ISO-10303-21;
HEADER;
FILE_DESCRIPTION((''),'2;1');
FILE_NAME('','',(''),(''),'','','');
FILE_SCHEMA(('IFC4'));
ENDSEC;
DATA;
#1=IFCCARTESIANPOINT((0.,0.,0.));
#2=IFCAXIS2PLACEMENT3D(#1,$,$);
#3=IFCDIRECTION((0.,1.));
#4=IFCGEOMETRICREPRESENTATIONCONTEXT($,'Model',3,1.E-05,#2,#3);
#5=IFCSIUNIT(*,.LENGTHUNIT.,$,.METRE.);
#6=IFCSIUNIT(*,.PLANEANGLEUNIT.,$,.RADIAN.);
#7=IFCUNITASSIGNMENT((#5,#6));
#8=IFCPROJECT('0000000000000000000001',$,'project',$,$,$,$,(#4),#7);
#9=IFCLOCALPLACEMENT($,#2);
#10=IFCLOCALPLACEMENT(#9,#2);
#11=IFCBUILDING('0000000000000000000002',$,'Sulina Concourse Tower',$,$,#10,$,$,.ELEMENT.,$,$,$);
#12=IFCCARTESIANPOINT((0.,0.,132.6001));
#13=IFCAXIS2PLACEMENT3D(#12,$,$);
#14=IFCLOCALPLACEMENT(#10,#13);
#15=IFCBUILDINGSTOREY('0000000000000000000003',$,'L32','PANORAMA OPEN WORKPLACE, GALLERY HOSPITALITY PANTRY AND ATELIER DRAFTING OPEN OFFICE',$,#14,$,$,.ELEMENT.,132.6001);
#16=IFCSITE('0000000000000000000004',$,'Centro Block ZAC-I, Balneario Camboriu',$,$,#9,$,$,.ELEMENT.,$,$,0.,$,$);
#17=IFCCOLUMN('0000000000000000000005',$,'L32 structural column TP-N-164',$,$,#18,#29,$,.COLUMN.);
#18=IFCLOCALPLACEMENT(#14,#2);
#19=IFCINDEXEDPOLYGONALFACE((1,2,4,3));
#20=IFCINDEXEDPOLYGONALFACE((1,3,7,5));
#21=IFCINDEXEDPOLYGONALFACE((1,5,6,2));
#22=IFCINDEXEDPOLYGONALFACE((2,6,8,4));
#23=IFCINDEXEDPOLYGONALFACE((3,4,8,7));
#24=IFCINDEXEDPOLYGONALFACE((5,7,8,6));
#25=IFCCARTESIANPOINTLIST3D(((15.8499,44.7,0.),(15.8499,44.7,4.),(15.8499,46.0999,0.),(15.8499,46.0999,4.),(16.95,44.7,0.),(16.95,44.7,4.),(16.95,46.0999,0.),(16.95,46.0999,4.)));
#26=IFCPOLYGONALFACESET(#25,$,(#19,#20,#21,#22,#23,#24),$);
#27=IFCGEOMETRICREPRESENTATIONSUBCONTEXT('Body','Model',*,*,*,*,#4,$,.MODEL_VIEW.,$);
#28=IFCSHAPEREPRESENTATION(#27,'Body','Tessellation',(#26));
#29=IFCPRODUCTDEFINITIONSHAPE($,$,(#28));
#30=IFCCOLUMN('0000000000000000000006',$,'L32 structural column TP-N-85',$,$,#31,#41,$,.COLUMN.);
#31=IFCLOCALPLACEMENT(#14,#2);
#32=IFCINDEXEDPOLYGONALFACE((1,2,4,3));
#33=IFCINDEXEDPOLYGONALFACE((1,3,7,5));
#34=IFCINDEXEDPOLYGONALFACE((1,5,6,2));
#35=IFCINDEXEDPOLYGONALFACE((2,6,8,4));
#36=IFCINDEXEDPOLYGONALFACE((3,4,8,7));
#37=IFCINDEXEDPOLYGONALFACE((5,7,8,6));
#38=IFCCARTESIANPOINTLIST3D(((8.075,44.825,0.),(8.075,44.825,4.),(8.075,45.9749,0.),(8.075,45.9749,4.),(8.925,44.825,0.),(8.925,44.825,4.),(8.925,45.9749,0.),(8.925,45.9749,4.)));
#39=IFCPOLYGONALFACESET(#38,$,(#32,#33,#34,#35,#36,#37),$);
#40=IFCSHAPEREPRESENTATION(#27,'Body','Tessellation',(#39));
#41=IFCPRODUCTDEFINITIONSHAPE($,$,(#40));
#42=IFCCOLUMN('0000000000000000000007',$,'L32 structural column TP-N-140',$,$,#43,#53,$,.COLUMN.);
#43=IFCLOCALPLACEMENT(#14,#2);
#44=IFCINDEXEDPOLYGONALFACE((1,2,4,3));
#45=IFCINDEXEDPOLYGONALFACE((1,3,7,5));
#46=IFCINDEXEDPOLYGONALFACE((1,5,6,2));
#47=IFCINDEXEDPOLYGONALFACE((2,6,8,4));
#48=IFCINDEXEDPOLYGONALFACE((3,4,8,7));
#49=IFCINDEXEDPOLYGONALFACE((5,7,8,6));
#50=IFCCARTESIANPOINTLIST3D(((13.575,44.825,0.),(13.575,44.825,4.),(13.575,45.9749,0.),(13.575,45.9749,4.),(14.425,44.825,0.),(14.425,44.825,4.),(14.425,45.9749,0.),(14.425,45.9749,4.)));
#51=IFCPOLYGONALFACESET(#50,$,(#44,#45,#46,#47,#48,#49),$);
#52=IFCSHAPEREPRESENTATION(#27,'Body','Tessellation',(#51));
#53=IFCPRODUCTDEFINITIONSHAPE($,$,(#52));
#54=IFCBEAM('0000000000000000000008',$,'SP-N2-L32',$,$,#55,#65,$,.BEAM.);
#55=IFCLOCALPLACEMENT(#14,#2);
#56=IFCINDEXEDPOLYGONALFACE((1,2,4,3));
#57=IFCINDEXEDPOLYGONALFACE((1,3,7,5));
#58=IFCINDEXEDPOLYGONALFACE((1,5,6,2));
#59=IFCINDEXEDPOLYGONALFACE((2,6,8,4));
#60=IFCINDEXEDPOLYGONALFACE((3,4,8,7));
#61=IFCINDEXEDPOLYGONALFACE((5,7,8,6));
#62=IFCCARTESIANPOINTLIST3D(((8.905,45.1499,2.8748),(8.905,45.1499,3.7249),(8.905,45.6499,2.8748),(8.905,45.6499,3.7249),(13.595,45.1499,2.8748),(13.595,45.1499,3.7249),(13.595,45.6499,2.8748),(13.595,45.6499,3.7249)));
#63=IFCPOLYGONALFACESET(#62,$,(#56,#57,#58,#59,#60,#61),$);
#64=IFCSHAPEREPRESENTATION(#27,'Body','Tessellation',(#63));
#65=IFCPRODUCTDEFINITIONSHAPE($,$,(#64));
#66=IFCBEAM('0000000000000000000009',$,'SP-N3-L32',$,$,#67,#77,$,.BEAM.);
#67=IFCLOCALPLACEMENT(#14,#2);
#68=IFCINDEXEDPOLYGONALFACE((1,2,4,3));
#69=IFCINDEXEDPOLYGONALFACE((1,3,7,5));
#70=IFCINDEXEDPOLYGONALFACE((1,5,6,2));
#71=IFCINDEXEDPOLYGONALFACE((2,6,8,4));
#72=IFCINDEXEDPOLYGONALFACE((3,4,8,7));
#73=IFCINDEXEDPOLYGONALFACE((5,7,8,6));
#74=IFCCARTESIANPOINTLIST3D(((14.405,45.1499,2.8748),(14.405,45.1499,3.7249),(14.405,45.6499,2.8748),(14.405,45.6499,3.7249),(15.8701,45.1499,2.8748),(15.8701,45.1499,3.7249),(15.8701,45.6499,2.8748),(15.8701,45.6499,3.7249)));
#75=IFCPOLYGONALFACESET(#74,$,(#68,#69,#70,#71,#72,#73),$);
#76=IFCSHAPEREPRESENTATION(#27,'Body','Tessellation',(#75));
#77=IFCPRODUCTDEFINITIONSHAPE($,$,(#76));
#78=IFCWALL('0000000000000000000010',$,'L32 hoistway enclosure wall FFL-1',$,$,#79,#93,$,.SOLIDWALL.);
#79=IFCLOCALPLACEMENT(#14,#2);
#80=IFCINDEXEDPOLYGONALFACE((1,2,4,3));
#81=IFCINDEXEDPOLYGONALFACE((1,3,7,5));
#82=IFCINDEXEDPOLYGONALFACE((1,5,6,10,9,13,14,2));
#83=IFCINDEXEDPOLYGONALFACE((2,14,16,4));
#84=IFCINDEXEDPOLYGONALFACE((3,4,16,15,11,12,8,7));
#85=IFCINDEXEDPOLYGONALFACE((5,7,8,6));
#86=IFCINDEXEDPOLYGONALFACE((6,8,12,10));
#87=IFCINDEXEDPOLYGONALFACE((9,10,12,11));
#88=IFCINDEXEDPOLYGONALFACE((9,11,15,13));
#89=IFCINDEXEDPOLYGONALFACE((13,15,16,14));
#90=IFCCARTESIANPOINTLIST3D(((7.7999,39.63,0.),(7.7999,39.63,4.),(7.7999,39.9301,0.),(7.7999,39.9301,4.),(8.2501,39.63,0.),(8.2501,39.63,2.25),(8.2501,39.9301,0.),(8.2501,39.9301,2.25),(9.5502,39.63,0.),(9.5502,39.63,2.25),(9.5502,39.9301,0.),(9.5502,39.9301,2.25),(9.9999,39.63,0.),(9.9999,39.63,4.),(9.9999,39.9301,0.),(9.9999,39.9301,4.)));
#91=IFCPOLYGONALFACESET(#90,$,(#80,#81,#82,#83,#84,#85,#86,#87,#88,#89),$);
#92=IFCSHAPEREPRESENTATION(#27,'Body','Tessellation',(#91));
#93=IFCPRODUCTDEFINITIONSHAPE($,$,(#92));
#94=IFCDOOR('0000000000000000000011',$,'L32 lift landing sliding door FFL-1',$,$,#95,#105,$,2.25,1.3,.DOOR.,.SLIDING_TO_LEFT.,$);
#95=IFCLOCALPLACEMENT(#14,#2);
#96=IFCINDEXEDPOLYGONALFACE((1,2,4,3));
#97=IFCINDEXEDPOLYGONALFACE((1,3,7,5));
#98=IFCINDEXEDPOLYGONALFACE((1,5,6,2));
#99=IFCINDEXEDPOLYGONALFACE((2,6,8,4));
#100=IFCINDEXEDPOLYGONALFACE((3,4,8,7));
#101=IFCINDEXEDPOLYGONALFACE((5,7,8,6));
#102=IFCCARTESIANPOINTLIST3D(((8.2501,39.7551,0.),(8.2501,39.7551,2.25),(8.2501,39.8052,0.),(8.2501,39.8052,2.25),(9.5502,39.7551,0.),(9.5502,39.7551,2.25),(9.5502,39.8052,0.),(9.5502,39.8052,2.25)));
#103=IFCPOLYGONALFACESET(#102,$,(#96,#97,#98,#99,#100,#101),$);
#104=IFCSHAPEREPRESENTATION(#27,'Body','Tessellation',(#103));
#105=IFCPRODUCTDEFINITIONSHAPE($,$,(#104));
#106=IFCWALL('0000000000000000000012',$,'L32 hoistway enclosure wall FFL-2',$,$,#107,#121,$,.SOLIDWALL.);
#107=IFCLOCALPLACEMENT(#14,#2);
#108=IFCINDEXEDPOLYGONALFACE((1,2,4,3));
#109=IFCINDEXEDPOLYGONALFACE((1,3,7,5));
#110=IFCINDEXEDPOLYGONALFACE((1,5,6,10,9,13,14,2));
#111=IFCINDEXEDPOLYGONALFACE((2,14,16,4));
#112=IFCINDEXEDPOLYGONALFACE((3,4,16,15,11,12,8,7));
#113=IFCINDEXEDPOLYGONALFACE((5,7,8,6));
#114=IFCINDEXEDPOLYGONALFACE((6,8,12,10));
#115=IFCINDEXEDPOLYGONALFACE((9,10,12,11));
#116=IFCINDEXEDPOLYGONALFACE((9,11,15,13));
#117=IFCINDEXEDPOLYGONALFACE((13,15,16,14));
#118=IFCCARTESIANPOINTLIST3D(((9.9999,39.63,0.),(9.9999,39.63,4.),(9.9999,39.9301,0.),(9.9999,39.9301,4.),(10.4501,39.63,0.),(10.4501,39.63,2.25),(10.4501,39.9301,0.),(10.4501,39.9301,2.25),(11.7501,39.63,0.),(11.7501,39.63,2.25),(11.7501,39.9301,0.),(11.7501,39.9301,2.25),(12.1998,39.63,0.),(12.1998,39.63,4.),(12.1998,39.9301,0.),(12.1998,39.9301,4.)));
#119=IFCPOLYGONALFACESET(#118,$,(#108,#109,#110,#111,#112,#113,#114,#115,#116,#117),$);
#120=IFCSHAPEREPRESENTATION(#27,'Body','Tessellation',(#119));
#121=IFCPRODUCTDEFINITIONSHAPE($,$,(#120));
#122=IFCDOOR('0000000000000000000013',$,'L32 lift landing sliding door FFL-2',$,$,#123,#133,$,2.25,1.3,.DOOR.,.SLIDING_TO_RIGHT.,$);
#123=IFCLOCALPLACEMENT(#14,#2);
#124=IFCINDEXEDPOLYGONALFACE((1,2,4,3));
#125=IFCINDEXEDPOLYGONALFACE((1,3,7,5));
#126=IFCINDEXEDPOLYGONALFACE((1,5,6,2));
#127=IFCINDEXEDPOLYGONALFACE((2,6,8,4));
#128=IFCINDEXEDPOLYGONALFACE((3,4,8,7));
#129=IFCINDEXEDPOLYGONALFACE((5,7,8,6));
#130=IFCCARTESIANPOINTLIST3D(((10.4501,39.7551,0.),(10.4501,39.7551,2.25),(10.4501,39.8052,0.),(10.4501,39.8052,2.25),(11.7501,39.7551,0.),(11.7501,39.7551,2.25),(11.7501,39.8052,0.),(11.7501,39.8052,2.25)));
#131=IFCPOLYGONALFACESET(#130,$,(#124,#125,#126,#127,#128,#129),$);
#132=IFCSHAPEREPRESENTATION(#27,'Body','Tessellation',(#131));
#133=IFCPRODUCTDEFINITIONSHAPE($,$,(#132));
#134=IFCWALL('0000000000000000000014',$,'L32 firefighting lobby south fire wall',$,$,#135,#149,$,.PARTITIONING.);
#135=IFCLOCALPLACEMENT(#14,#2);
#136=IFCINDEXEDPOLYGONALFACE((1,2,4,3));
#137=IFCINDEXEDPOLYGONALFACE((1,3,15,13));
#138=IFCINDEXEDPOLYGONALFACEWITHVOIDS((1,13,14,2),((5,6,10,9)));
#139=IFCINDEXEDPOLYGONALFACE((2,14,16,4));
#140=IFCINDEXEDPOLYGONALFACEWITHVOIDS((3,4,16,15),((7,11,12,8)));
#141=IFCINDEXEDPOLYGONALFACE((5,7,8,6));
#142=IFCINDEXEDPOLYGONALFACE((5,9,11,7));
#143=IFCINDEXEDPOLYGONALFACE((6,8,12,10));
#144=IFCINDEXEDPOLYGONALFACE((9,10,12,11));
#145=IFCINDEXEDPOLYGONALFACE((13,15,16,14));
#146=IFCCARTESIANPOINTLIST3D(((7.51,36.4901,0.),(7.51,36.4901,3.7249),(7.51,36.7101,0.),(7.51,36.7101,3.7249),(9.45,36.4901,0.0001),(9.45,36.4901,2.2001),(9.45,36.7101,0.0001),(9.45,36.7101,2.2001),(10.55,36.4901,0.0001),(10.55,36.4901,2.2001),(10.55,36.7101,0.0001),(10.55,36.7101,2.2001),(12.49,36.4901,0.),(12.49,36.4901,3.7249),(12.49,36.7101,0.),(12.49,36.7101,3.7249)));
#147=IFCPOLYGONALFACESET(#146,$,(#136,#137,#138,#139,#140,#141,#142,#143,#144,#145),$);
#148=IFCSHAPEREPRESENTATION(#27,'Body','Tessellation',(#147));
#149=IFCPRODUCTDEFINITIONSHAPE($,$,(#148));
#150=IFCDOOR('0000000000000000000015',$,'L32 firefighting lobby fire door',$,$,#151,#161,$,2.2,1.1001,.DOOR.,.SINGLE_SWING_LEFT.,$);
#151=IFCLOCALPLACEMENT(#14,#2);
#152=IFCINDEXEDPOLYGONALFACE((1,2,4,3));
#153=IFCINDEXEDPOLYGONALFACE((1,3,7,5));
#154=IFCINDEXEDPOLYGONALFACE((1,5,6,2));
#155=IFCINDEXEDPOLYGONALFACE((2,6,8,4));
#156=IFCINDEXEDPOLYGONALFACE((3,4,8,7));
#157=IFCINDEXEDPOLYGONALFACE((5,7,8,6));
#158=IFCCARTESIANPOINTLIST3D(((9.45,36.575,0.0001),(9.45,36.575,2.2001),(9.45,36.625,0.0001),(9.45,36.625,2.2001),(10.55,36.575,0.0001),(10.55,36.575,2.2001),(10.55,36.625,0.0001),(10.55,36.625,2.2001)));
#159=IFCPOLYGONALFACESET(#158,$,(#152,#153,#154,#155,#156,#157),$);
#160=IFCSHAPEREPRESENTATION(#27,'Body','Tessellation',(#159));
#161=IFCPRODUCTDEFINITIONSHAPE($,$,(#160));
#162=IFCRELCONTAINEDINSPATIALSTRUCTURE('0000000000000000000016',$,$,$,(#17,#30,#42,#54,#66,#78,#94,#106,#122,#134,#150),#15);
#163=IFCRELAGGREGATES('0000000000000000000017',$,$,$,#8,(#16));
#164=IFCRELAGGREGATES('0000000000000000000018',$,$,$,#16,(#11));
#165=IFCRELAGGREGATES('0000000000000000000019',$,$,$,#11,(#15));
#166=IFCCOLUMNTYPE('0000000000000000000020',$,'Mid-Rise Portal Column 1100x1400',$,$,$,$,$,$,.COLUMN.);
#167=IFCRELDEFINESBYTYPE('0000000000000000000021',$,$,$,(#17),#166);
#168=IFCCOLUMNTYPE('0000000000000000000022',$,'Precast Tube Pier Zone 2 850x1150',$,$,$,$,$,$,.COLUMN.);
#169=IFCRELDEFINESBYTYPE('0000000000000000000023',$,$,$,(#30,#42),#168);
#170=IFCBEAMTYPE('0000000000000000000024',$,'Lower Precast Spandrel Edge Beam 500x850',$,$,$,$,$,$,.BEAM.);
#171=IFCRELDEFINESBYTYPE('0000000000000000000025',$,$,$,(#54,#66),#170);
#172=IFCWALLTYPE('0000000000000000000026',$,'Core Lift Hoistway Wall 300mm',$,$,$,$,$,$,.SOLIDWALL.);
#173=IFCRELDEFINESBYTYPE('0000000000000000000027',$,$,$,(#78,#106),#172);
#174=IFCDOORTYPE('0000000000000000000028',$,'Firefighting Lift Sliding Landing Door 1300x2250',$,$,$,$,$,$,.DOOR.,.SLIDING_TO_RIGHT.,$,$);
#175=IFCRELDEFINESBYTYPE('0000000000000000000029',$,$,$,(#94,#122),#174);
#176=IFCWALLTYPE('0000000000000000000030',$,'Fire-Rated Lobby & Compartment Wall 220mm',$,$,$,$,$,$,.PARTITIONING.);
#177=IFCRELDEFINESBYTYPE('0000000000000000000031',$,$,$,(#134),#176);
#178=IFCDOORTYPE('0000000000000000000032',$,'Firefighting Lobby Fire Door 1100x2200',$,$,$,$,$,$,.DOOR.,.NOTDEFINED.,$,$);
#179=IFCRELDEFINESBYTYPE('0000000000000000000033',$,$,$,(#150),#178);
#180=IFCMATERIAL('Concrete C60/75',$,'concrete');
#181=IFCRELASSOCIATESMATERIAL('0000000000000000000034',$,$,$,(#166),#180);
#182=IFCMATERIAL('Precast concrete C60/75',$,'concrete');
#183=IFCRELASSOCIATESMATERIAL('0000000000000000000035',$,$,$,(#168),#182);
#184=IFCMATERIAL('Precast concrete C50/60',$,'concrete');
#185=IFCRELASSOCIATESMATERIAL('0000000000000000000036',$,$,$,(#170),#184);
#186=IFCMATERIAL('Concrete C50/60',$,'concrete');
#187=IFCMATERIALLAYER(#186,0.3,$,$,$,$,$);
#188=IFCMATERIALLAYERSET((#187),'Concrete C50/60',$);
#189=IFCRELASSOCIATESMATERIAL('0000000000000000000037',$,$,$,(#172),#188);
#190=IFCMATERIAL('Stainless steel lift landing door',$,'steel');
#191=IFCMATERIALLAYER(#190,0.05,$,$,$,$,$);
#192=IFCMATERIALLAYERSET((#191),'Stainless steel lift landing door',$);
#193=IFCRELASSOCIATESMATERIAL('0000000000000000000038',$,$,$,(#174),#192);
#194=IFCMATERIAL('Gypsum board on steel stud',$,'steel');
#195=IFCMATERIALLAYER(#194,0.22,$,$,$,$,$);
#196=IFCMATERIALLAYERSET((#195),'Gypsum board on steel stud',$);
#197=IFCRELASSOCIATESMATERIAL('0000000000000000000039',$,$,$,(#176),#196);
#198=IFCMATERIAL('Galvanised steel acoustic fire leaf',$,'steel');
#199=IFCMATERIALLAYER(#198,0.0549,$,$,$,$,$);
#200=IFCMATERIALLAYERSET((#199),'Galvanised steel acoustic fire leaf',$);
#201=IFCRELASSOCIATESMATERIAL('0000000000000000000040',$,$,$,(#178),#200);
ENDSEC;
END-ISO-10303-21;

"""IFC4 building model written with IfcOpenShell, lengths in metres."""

from ifc_helpers import new_model, si_unit, direction, frame, frame_2d, origin, origin_2d, place, context, subcontext, project, spatial, rectangle, extrude, material, layer, layer_set, material_profile, profile_set, type_object, element, fill, save


model = new_model("IFC4")

# Units and contexts
model_context = context("Model", 3, precision=1e-05, world=origin(), true_north=direction((0.0, 1.0)))
body_context = subcontext(model_context, "Body", "Model", "MODEL_VIEW")
ifc_project = project(units=[si_unit("LENGTHUNIT", "METRE"), si_unit("PLANEANGLEUNIT", "RADIAN")], contexts=[model_context])

# Site, building, storey
site_placement = place(None, origin())
site = spatial("IfcSite", under=ifc_project, at=site_placement, Name="Centro Block ZAC-I, Balneario Camboriu", CompositionType="ELEMENT", RefElevation=0.0)
building_placement = place(site_placement, origin())
building = spatial("IfcBuilding", under=site, at=building_placement, Name="Sulina Concourse Tower", CompositionType="ELEMENT")
storey_placement = place(building_placement, frame((0.0, 0.0, 132.6001)))
storey = spatial("IfcBuildingStorey", under=building, at=storey_placement, Name="L32", Description="PANORAMA OPEN WORKPLACE, GALLERY HOSPITALITY PANTRY AND ATELIER DRAFTING OPEN OFFICE", CompositionType="ELEMENT", Elevation=132.6001)

# Columns
ifc_material_1 = material(Name="Concrete C60/75", Category="concrete")
ifc_material_profile_1 = material_profile(ifc_material_1, rectangle(XDim=1.1001, YDim=1.3999, at=origin_2d()), Name="RC 1100x1400")
ifc_profile_set_1 = profile_set([ifc_material_profile_1], Name="Concrete C60/75")
column_type_1 = type_object("IfcColumnType", Name="Mid-Rise Portal Column 1100x1400", PredefinedType="COLUMN", material=ifc_profile_set_1)
column_placement = place(storey_placement, frame((16.3999, 45.3999, 0.0), z_axis=(0.0, 0.0, 1.0), x_axis=(1.0, 0.0, 0.0)))
element("IfcColumn", 1, at=column_placement, inside=storey, type_object=column_type_1, Name="L32 structural column TP-N-164", PredefinedType="COLUMN", context=body_context, shape_type="SweptSolid", body=[
    extrude(rectangle(XDim=1.1001, YDim=1.3999, at=origin_2d()), origin(), (0.0, 0.0, 1.0), 4.0),
])
ifc_material_2 = material(Name="Precast concrete C60/75", Category="concrete")
ifc_material_profile_2 = material_profile(ifc_material_2, rectangle(XDim=0.8501, YDim=1.1499, at=origin_2d()), Name="PC 850x1150")
ifc_profile_set_2 = profile_set([ifc_material_profile_2], Name="Precast concrete C60/75")
column_type_2 = type_object("IfcColumnType", Name="Precast Tube Pier Zone 2 850x1150", PredefinedType="COLUMN", material=ifc_profile_set_2)
for number, where, z_axis, x_axis, name in (
    (2, (8.5, 45.3999, 0.0), (0.0, 0.0, 1.0), (1.0, 0.0, 0.0), "L32 structural column TP-N-85"),
    (3, (14.0, 45.3999, 0.0), (0.0, 0.0, 1.0), (1.0, 0.0, 0.0), "L32 structural column TP-N-140"),
):
    element("IfcColumn", number, at=place(storey_placement, frame(where, z_axis=z_axis, x_axis=x_axis)), inside=storey, type_object=column_type_2, Name=name, PredefinedType="COLUMN", context=body_context, shape_type="SweptSolid", body=[
        extrude(rectangle(XDim=0.8501, YDim=1.1499, at=origin_2d()), origin(), (0.0, 0.0, 1.0), 4.0),
    ])

# Beams
ifc_material_3 = material(Name="Precast concrete C50/60", Category="concrete")
ifc_material_profile_3 = material_profile(ifc_material_3, rectangle(XDim=0.5, YDim=0.8501, at=origin_2d()), Name="RC 500x850")
ifc_profile_set_3 = profile_set([ifc_material_profile_3], Name="Precast concrete C50/60")
beam_type = type_object("IfcBeamType", Name="Lower Precast Spandrel Edge Beam 500x850", PredefinedType="BEAM", material=ifc_profile_set_3)
beam_1_placement = place(storey_placement, frame((8.905, 45.3999, 3.2998), z_axis=(1.0, 0.0, 0.0), x_axis=(0.0, 1.0, 0.0)))
element("IfcBeam", 4, at=beam_1_placement, inside=storey, type_object=beam_type, Name="SP-N2-L32", PredefinedType="BEAM", context=body_context, shape_type="SweptSolid", body=[
    extrude(rectangle(XDim=0.5, YDim=0.8501, at=origin_2d()), origin(), (0.0, 0.0, 1.0), 4.6899),
])
beam_2_placement = place(storey_placement, frame((14.405, 45.3999, 3.2998), z_axis=(1.0, 0.0, 0.0), x_axis=(0.0, 1.0, 0.0)))
element("IfcBeam", 5, at=beam_2_placement, inside=storey, type_object=beam_type, Name="SP-N3-L32", PredefinedType="BEAM", context=body_context, shape_type="SweptSolid", body=[
    extrude(rectangle(XDim=0.5, YDim=0.8501, at=origin_2d()), origin(), (0.0, 0.0, 1.0), 1.4651),
])

# Walls, openings, doors
ifc_material_4 = material(Name="Concrete C50/60", Category="concrete")
ifc_layer_1 = layer(ifc_material_4, 0.3)
ifc_layer_set_1 = layer_set([ifc_layer_1], Name="Concrete C50/60")
wall_type_1 = type_object("IfcWallType", Name="Core Lift Hoistway Wall 300mm", PredefinedType="SOLIDWALL", material=ifc_layer_set_1)
wall_1_placement = place(storey_placement, frame((10.0, 39.78, 0.0), z_axis=(0.0, 0.0, 1.0), x_axis=(-1.0, 0.0, 0.0)))
wall_1 = element("IfcWall", 6, at=wall_1_placement, inside=storey, type_object=wall_type_1, Name="L32 hoistway enclosure wall FFL-1", PredefinedType="SOLIDWALL", context=body_context, shape_type="SweptSolid", body=[
    extrude(rectangle(XDim=2.2, YDim=0.3, at=frame_2d((1.1001, 0.0))), origin(), (0.0, 0.0, 1.0), 4.0),
])
opening_1_placement = place(wall_1_placement, frame((0.45, 0.0, 0.0)))
opening_1 = element("IfcOpeningElement", 7, at=opening_1_placement, cuts=wall_1, PredefinedType="OPENING", context=body_context, shape_type="SweptSolid", body=[
    extrude(rectangle(XDim=1.3, YDim=2.25, at=frame_2d((0.6499, 1.125))), frame((0.0, 0.1599, 0.0), z_axis=(0.0, -1.0, 0.0), x_axis=(1.0, 0.0, 0.0)), (0.0, 0.0, 1.0), 0.3201),
])
ifc_material_5 = material(Name="Stainless steel lift landing door", Category="steel")
ifc_layer_2 = layer(ifc_material_5, 0.05)
ifc_layer_set_2 = layer_set([ifc_layer_2], Name="Stainless steel lift landing door")
door_type_1 = type_object("IfcDoorType", Name="Firefighting Lift Sliding Landing Door 1300x2250", OperationType="SLIDING_TO_RIGHT", PredefinedType="DOOR", material=ifc_layer_set_2)
door_1_placement = place(opening_1_placement, origin())
door_1 = element("IfcDoor", 8, at=door_1_placement, inside=storey, type_object=door_type_1, Name="L32 lift landing sliding door FFL-1", OperationType="SLIDING_TO_LEFT", OverallHeight=2.25, OverallWidth=1.3, PredefinedType="DOOR", context=body_context, shape_type="SweptSolid", body=[
    extrude(rectangle(XDim=1.3, YDim=2.25, at=frame_2d((0.6499, 1.125))), frame((0.0, 0.0249, 0.0), z_axis=(0.0, -1.0, 0.0), x_axis=(1.0, 0.0, 0.0)), (0.0, 0.0, 1.0), 0.05),
])
fill(opening_1, door_1)
wall_2_placement = place(storey_placement, frame((12.2, 39.78, 0.0), z_axis=(0.0, 0.0, 1.0), x_axis=(-1.0, 0.0, 0.0)))
wall_2 = element("IfcWall", 9, at=wall_2_placement, inside=storey, type_object=wall_type_1, Name="L32 hoistway enclosure wall FFL-2", PredefinedType="SOLIDWALL", context=body_context, shape_type="SweptSolid", body=[
    extrude(rectangle(XDim=2.2, YDim=0.3, at=frame_2d((1.1001, 0.0))), origin(), (0.0, 0.0, 1.0), 4.0),
])
opening_2_placement = place(wall_2_placement, frame((0.45, 0.0, 0.0)))
opening_2 = element("IfcOpeningElement", 10, at=opening_2_placement, cuts=wall_2, PredefinedType="OPENING", context=body_context, shape_type="SweptSolid", body=[
    extrude(rectangle(XDim=1.3, YDim=2.25, at=frame_2d((0.6499, 1.125))), frame((0.0, 0.1599, 0.0), z_axis=(0.0, -1.0, 0.0), x_axis=(1.0, 0.0, 0.0)), (0.0, 0.0, 1.0), 0.3201),
])
door_2_placement = place(opening_2_placement, origin())
door_2 = element("IfcDoor", 11, at=door_2_placement, inside=storey, type_object=door_type_1, Name="L32 lift landing sliding door FFL-2", OperationType="SLIDING_TO_RIGHT", OverallHeight=2.25, OverallWidth=1.3, PredefinedType="DOOR", context=body_context, shape_type="SweptSolid", body=[
    extrude(rectangle(XDim=1.3, YDim=2.25, at=frame_2d((0.6499, 1.125))), frame((0.0, 0.0249, 0.0), z_axis=(0.0, -1.0, 0.0), x_axis=(1.0, 0.0, 0.0)), (0.0, 0.0, 1.0), 0.05),
])
fill(opening_2, door_2)
ifc_material_6 = material(Name="Gypsum board on steel stud", Category="steel")
ifc_layer_3 = layer(ifc_material_6, 0.22)
ifc_layer_set_3 = layer_set([ifc_layer_3], Name="Gypsum board on steel stud")
wall_type_2 = type_object("IfcWallType", Name="Fire-Rated Lobby & Compartment Wall 220mm", PredefinedType="PARTITIONING", material=ifc_layer_set_3)
wall_3_placement = place(storey_placement, frame((7.51, 36.6001, 0.0), z_axis=(0.0, 0.0, 1.0), x_axis=(1.0, 0.0, 0.0)))
wall_3 = element("IfcWall", 12, at=wall_3_placement, inside=storey, type_object=wall_type_2, Name="L32 firefighting lobby south fire wall", PredefinedType="PARTITIONING", context=body_context, shape_type="SweptSolid", body=[
    extrude(rectangle(XDim=4.98, YDim=0.22, at=frame_2d((2.49, 0.0))), origin(), (0.0, 0.0, 1.0), 3.7249),
])
opening_3_placement = place(wall_3_placement, frame((1.9399, 0.0, 0.0)))
opening_3 = element("IfcOpeningElement", 13, at=opening_3_placement, cuts=wall_3, PredefinedType="OPENING", context=body_context, shape_type="SweptSolid", body=[
    extrude(rectangle(XDim=1.1001, YDim=2.2, at=frame_2d((0.55, 1.1001))), frame((0.0, 0.1199, 0.0), z_axis=(0.0, -1.0, 0.0), x_axis=(1.0, 0.0, 0.0)), (0.0, 0.0, 1.0), 0.24),
])
ifc_material_7 = material(Name="Galvanised steel acoustic fire leaf", Category="steel")
ifc_layer_4 = layer(ifc_material_7, 0.0549)
ifc_layer_set_4 = layer_set([ifc_layer_4], Name="Galvanised steel acoustic fire leaf")
door_type_2 = type_object("IfcDoorType", Name="Firefighting Lobby Fire Door 1100x2200", OperationType="NOTDEFINED", PredefinedType="DOOR", material=ifc_layer_set_4)
door_3_placement = place(opening_3_placement, origin())
door_3 = element("IfcDoor", 14, at=door_3_placement, inside=storey, type_object=door_type_2, Name="L32 firefighting lobby fire door", OperationType="SINGLE_SWING_LEFT", OverallHeight=2.2, OverallWidth=1.1001, PredefinedType="DOOR", context=body_context, shape_type="SweptSolid", body=[
    extrude(rectangle(XDim=1.1001, YDim=2.2, at=frame_2d((0.55, 1.1001))), frame((0.0, 0.0249, 0.0), z_axis=(0.0, -1.0, 0.0), x_axis=(1.0, 0.0, 0.0)), (0.0, 0.0, 1.0), 0.05),
])
fill(opening_3, door_3)

save(model, "model.ifc")
